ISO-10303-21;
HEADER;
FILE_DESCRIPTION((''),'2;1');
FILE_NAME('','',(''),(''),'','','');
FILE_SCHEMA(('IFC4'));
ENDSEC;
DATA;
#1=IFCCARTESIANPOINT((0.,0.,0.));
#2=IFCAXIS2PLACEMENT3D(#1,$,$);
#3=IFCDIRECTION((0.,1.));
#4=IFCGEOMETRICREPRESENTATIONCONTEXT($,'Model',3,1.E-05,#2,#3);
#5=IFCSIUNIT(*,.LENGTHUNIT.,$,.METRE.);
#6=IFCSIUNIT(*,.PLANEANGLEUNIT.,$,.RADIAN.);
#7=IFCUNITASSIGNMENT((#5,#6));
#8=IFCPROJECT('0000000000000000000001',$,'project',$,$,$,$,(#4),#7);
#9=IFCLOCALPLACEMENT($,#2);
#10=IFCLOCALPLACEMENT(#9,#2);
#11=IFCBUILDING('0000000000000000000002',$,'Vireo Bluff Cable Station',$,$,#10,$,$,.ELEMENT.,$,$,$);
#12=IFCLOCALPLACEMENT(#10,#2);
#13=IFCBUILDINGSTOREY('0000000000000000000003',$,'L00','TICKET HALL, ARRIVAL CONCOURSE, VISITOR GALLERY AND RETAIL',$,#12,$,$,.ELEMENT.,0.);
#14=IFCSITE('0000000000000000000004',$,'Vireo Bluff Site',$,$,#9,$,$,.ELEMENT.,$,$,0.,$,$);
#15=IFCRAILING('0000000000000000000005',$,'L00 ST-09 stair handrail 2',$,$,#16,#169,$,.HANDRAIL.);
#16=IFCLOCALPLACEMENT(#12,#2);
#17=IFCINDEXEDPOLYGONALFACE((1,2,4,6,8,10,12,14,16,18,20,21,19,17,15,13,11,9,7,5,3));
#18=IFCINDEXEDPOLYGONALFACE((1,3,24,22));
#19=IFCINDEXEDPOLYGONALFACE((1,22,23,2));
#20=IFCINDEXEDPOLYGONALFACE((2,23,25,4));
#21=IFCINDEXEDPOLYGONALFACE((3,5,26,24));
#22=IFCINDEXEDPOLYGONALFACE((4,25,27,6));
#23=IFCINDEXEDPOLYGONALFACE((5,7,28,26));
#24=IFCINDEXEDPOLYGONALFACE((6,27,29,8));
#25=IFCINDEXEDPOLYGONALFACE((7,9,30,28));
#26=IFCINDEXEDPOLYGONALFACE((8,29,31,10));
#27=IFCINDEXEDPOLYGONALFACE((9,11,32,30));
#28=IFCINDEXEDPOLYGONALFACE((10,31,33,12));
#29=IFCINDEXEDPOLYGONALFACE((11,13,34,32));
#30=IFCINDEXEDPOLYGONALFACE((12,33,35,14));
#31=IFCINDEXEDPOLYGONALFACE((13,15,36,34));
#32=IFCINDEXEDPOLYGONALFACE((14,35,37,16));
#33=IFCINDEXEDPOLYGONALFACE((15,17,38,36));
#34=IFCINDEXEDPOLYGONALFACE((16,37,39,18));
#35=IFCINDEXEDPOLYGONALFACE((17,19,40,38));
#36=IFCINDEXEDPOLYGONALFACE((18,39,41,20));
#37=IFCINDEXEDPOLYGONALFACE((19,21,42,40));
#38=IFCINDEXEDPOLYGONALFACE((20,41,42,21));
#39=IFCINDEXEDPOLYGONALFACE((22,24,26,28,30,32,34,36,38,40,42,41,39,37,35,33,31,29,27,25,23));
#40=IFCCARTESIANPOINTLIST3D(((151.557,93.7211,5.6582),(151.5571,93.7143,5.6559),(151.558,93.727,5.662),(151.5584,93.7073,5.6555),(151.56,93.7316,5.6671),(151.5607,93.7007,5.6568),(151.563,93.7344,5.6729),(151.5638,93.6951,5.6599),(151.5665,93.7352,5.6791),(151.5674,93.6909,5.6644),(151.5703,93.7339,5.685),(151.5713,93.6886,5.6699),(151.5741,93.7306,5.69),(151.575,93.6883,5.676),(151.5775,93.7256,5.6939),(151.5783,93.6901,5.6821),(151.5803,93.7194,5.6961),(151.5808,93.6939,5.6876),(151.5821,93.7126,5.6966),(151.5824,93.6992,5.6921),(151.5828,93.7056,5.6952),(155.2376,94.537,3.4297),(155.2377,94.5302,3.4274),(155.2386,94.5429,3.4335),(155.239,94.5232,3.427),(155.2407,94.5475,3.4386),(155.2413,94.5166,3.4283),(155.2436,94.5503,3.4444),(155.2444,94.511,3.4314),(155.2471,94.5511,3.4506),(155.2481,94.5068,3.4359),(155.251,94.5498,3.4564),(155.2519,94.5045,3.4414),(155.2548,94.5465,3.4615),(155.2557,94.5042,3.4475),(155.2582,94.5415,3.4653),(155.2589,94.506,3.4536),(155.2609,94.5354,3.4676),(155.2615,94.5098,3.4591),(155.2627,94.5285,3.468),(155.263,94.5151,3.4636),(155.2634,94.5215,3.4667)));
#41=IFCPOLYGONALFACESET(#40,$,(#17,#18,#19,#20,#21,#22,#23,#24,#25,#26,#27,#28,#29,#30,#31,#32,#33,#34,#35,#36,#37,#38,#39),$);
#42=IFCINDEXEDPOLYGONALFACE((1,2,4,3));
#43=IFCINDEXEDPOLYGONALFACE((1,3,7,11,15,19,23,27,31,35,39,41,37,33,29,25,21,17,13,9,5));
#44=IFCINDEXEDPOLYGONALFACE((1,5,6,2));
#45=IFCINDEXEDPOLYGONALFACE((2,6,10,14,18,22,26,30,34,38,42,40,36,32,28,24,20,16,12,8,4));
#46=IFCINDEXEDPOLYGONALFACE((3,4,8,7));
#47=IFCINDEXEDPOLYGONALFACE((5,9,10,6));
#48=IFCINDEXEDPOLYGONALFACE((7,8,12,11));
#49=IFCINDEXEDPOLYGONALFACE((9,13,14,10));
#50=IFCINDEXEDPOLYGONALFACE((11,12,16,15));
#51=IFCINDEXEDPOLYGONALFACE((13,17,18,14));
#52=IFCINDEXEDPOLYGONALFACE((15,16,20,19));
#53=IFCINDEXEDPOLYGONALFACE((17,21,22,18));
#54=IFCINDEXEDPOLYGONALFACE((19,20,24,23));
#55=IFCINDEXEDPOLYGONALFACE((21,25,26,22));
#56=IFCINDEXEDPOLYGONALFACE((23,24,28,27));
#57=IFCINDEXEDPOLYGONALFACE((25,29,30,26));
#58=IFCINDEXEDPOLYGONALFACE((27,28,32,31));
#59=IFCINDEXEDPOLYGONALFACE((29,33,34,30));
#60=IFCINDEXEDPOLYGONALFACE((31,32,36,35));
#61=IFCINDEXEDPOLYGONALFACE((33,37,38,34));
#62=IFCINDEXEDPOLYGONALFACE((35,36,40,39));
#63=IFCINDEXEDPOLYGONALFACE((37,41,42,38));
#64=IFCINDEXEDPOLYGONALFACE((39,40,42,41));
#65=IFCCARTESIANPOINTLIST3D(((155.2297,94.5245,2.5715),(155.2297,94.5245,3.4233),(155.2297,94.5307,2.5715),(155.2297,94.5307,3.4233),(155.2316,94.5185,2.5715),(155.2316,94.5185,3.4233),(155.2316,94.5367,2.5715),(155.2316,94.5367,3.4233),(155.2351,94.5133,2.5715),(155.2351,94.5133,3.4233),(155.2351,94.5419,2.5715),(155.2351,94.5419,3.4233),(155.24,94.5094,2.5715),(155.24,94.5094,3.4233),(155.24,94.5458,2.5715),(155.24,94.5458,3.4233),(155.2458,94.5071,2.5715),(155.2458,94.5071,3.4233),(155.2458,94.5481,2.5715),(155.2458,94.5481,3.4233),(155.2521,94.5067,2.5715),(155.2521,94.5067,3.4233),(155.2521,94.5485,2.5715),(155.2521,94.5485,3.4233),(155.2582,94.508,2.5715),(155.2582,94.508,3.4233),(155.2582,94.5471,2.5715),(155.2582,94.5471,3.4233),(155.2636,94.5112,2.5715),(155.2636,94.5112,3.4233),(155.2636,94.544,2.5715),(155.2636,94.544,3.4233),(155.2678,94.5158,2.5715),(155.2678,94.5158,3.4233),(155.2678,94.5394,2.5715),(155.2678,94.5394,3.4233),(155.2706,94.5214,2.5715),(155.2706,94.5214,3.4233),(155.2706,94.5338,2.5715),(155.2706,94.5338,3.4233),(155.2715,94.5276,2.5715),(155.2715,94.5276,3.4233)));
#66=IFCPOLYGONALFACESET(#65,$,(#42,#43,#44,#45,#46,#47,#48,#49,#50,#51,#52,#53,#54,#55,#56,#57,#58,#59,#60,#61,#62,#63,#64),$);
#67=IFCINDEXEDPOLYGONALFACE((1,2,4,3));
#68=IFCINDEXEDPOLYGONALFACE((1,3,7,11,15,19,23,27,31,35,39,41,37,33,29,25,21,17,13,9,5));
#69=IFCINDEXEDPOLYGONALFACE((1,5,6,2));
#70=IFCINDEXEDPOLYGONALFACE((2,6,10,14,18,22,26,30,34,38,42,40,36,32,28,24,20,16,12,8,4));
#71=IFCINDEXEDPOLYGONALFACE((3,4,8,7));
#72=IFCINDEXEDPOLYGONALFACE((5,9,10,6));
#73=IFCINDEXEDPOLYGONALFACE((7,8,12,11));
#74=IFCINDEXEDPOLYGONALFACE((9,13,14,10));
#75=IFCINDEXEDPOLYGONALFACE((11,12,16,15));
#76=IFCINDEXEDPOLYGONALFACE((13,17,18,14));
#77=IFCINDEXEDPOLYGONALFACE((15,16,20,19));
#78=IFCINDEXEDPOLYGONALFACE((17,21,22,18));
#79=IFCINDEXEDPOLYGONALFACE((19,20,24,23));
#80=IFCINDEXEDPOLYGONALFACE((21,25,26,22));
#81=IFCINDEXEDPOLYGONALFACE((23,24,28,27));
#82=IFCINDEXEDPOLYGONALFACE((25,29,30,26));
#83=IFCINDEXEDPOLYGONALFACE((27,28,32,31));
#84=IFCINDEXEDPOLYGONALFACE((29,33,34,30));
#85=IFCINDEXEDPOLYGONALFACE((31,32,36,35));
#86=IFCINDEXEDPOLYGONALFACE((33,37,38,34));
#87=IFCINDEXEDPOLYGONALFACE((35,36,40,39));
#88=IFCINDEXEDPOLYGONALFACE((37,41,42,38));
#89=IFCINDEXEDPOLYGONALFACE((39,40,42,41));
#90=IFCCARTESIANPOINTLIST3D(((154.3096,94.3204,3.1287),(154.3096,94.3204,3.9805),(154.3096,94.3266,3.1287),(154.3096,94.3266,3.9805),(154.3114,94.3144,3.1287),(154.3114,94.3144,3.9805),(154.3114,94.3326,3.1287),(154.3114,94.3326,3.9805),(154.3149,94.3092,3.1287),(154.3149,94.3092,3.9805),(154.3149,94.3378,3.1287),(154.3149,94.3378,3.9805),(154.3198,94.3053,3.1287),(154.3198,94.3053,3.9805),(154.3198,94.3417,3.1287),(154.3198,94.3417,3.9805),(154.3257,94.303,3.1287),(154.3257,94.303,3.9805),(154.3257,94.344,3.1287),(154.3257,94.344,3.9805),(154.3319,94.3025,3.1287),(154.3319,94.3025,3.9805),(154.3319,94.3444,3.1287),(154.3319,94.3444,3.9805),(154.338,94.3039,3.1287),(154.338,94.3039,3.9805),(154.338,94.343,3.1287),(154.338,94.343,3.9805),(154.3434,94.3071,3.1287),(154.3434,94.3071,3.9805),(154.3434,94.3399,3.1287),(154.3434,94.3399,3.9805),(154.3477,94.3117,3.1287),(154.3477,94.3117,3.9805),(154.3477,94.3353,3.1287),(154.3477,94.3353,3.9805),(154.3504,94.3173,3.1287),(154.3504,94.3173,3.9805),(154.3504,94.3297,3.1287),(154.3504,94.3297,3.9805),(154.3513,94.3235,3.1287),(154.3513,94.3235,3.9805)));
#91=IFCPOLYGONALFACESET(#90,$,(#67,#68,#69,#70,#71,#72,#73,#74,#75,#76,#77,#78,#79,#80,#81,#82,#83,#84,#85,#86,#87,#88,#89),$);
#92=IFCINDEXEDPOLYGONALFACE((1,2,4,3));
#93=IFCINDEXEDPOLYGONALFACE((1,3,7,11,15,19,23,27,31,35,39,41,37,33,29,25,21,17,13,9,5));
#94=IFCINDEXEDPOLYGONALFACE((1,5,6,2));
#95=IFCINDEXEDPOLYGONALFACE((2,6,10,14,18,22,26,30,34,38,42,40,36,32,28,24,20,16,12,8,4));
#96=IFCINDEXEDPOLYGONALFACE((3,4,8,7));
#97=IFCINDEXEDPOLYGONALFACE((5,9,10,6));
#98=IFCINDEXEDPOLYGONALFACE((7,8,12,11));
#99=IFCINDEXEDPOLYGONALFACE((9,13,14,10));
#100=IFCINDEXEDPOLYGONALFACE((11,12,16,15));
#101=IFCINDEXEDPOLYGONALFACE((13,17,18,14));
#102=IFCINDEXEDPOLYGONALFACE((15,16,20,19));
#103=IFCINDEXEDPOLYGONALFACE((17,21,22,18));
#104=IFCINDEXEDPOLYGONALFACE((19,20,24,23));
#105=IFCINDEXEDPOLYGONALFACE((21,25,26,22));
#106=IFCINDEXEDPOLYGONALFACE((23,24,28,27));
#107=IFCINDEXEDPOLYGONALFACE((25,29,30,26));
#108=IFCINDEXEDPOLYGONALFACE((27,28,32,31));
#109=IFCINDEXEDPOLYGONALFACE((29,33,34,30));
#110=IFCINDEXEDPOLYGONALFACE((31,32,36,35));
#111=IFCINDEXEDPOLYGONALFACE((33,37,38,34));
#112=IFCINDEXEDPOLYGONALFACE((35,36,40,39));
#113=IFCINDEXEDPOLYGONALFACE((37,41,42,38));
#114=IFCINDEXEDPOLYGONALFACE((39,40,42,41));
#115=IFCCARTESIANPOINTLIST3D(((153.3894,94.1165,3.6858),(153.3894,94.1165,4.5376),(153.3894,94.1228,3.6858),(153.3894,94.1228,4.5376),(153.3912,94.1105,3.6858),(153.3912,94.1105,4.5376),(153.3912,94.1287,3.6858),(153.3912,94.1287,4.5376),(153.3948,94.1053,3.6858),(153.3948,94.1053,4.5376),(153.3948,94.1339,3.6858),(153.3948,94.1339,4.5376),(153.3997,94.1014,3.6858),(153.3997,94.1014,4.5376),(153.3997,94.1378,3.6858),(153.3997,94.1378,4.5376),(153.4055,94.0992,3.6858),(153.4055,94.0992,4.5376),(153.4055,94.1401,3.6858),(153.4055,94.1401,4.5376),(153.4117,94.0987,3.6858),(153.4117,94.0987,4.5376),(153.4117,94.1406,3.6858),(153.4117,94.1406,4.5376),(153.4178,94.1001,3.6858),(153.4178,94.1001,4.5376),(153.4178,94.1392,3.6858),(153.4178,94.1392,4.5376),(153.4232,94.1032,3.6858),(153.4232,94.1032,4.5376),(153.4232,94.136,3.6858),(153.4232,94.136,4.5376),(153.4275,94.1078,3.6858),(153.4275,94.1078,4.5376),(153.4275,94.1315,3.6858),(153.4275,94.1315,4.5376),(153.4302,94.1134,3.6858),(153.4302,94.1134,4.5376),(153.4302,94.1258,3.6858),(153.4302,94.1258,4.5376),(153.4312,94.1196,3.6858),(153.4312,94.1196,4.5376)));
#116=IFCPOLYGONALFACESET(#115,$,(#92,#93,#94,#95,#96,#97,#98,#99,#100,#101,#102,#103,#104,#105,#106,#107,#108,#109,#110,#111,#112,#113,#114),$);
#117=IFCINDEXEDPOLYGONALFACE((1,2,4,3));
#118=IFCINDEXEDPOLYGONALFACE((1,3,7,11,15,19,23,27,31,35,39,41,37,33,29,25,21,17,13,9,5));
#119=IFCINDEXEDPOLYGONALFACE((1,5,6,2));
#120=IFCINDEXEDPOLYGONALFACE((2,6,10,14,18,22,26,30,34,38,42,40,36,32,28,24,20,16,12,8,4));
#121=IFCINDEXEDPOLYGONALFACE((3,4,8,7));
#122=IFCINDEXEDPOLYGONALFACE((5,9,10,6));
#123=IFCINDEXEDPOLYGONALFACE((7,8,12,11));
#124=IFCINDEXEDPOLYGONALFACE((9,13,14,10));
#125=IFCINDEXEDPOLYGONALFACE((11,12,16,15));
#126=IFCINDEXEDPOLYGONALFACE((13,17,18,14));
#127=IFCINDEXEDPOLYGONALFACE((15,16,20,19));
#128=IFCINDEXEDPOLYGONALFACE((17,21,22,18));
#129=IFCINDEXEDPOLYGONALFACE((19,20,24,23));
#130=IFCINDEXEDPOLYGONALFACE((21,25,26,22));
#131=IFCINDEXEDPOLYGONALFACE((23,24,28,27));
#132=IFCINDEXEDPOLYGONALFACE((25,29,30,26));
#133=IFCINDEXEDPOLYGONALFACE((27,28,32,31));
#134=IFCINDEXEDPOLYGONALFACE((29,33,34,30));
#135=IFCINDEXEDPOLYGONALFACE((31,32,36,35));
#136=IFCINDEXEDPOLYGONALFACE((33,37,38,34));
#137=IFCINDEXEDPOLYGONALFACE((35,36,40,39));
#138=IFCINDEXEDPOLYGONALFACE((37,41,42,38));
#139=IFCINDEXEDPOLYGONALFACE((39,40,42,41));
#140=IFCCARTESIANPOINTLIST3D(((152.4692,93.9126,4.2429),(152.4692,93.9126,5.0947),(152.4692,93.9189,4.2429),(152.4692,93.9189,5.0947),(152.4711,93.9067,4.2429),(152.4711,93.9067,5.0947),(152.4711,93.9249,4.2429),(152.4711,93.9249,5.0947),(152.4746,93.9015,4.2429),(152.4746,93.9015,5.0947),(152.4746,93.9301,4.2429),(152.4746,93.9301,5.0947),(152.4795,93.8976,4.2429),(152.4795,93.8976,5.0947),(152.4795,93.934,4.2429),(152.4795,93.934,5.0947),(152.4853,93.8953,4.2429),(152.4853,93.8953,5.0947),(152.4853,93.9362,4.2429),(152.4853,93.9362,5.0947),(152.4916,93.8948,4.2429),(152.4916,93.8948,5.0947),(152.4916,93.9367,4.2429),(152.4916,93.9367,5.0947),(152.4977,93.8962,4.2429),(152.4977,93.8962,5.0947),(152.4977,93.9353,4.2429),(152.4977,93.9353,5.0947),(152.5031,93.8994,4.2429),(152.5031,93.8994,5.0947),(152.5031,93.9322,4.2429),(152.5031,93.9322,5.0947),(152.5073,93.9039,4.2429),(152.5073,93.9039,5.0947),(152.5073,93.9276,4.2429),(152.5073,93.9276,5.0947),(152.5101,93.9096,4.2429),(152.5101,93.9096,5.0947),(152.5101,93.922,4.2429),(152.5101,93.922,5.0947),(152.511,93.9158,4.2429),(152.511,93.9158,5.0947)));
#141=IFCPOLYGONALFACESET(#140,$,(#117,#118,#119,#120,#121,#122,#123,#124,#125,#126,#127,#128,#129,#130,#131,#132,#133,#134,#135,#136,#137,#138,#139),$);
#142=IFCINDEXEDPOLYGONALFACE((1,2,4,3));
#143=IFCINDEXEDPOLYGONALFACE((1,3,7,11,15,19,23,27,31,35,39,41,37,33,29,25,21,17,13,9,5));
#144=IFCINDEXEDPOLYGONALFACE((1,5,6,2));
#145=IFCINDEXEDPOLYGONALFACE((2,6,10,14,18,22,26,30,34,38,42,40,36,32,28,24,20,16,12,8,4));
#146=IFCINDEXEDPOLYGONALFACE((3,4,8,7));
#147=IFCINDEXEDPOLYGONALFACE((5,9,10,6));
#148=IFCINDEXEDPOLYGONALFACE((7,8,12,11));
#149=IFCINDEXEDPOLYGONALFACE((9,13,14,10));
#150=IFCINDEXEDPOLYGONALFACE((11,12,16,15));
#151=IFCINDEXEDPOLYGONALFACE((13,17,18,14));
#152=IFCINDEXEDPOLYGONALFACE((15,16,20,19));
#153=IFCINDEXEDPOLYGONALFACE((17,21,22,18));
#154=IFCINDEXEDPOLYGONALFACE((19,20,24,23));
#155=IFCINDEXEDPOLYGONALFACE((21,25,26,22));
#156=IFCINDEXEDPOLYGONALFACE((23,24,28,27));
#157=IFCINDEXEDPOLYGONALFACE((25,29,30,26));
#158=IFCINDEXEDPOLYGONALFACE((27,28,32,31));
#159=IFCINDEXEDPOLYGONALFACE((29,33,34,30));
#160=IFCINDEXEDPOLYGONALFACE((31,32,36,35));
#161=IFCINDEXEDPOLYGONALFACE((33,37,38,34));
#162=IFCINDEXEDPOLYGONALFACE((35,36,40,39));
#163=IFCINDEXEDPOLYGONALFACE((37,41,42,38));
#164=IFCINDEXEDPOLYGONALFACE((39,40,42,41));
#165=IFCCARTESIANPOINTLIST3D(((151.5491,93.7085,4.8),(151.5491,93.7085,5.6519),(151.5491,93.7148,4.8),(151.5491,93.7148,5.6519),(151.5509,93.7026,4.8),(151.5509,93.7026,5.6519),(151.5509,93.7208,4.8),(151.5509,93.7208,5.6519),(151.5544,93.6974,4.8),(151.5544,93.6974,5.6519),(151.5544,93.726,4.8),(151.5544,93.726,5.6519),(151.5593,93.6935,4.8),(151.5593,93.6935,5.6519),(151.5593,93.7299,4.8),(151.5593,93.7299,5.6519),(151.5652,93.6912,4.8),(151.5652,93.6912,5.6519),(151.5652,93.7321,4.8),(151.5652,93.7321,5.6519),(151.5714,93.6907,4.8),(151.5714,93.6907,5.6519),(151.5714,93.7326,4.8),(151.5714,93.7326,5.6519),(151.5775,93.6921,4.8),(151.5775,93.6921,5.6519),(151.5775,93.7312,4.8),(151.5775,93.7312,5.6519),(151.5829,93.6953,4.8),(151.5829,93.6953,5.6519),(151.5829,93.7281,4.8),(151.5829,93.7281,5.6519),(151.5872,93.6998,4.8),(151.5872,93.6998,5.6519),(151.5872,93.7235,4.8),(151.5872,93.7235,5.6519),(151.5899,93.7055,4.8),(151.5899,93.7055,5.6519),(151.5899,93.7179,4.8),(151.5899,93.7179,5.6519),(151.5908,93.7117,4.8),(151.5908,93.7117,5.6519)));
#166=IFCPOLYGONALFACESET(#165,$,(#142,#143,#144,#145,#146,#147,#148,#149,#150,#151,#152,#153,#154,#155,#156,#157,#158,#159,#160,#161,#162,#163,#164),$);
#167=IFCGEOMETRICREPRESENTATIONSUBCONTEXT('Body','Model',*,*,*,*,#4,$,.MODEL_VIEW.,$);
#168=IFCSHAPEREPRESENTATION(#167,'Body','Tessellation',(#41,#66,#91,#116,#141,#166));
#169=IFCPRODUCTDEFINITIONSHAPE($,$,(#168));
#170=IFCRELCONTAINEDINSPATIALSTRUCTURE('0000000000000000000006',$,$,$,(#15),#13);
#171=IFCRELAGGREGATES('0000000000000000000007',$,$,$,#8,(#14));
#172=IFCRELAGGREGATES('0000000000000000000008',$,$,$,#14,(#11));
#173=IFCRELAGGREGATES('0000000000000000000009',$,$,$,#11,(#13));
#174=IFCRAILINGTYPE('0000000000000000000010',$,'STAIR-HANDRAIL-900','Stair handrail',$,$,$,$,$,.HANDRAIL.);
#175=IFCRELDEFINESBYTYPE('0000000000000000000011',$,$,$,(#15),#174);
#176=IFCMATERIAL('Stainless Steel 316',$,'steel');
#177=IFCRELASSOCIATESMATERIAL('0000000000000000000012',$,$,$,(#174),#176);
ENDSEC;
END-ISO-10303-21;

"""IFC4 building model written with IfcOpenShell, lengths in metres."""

from ifc_helpers import new_model, si_unit, direction, frame, origin, origin_2d, place, context, subcontext, project, spatial, circle, extrude, material, type_object, element, save


model = new_model("IFC4")

# Units and contexts
model_context = context("Model", 3, precision=1e-05, world=origin(), true_north=direction((0.0, 1.0)))
body_context = subcontext(model_context, "Body", "Model", "MODEL_VIEW")
ifc_project = project(units=[si_unit("LENGTHUNIT", "METRE"), si_unit("PLANEANGLEUNIT", "RADIAN")], contexts=[model_context])

# Site, building, storey
site_placement = place(None, origin())
site = spatial("IfcSite", under=ifc_project, at=site_placement, Name="Vireo Bluff Site", CompositionType="ELEMENT", RefElevation=0.0)
building_placement = place(site_placement, origin())
building = spatial("IfcBuilding", under=site, at=building_placement, Name="Vireo Bluff Cable Station", CompositionType="ELEMENT")
storey_placement = place(building_placement, origin())
storey = spatial("IfcBuildingStorey", under=building, at=storey_placement, Name="L00", Description="TICKET HALL, ARRIVAL CONCOURSE, VISITOR GALLERY AND RETAIL", CompositionType="ELEMENT", Elevation=0.0)

# Railing
ifc_material_1 = material(Name="Stainless Steel 316", Category="steel")
railing_type_1 = type_object("IfcRailingType", Name="STAIR-HANDRAIL-900", Description="Stair handrail", PredefinedType="HANDRAIL", material=ifc_material_1)
railing_1_placement = place(storey_placement, frame((155.2505, 94.5276, 2.5715)))
element("IfcRailing", 1, at=railing_1_placement, inside=storey, type_object=railing_type_1, Name="L00 ST-09 stair handrail 2", PredefinedType="HANDRAIL", context=body_context, shape_type="SweptSolid", body=[
    extrude(circle(Radius=0.0239, at=origin_2d()), frame((0.0, 0.0, 0.876), z_axis=(-0.840446, -0.186307, 0.508861), x_axis=(0.216423, -0.9763, 0.0)), (0.0, 0.0, 1.0), 4.3794),
    extrude(circle(Radius=0.021, at=origin_2d()), origin(), (0.0, 0.0, 1.0), 0.8518),
    extrude(circle(Radius=0.021, at=origin_2d()), frame((-0.9202, -0.2041, 0.5571)), (0.0, 0.0, 1.0), 0.8518),
    extrude(circle(Radius=0.021, at=origin_2d()), frame((-1.8403, -0.408, 1.1143)), (0.0, 0.0, 1.0), 0.8518),
    extrude(circle(Radius=0.021, at=origin_2d()), frame((-2.7605, -0.6118, 1.6714)), (0.0, 0.0, 1.0), 0.8518),
    extrude(circle(Radius=0.021, at=origin_2d()), frame((-3.6807, -0.8159, 2.2285)), (0.0, 0.0, 1.0), 0.8518),
])

save(model, "model.ifc")
